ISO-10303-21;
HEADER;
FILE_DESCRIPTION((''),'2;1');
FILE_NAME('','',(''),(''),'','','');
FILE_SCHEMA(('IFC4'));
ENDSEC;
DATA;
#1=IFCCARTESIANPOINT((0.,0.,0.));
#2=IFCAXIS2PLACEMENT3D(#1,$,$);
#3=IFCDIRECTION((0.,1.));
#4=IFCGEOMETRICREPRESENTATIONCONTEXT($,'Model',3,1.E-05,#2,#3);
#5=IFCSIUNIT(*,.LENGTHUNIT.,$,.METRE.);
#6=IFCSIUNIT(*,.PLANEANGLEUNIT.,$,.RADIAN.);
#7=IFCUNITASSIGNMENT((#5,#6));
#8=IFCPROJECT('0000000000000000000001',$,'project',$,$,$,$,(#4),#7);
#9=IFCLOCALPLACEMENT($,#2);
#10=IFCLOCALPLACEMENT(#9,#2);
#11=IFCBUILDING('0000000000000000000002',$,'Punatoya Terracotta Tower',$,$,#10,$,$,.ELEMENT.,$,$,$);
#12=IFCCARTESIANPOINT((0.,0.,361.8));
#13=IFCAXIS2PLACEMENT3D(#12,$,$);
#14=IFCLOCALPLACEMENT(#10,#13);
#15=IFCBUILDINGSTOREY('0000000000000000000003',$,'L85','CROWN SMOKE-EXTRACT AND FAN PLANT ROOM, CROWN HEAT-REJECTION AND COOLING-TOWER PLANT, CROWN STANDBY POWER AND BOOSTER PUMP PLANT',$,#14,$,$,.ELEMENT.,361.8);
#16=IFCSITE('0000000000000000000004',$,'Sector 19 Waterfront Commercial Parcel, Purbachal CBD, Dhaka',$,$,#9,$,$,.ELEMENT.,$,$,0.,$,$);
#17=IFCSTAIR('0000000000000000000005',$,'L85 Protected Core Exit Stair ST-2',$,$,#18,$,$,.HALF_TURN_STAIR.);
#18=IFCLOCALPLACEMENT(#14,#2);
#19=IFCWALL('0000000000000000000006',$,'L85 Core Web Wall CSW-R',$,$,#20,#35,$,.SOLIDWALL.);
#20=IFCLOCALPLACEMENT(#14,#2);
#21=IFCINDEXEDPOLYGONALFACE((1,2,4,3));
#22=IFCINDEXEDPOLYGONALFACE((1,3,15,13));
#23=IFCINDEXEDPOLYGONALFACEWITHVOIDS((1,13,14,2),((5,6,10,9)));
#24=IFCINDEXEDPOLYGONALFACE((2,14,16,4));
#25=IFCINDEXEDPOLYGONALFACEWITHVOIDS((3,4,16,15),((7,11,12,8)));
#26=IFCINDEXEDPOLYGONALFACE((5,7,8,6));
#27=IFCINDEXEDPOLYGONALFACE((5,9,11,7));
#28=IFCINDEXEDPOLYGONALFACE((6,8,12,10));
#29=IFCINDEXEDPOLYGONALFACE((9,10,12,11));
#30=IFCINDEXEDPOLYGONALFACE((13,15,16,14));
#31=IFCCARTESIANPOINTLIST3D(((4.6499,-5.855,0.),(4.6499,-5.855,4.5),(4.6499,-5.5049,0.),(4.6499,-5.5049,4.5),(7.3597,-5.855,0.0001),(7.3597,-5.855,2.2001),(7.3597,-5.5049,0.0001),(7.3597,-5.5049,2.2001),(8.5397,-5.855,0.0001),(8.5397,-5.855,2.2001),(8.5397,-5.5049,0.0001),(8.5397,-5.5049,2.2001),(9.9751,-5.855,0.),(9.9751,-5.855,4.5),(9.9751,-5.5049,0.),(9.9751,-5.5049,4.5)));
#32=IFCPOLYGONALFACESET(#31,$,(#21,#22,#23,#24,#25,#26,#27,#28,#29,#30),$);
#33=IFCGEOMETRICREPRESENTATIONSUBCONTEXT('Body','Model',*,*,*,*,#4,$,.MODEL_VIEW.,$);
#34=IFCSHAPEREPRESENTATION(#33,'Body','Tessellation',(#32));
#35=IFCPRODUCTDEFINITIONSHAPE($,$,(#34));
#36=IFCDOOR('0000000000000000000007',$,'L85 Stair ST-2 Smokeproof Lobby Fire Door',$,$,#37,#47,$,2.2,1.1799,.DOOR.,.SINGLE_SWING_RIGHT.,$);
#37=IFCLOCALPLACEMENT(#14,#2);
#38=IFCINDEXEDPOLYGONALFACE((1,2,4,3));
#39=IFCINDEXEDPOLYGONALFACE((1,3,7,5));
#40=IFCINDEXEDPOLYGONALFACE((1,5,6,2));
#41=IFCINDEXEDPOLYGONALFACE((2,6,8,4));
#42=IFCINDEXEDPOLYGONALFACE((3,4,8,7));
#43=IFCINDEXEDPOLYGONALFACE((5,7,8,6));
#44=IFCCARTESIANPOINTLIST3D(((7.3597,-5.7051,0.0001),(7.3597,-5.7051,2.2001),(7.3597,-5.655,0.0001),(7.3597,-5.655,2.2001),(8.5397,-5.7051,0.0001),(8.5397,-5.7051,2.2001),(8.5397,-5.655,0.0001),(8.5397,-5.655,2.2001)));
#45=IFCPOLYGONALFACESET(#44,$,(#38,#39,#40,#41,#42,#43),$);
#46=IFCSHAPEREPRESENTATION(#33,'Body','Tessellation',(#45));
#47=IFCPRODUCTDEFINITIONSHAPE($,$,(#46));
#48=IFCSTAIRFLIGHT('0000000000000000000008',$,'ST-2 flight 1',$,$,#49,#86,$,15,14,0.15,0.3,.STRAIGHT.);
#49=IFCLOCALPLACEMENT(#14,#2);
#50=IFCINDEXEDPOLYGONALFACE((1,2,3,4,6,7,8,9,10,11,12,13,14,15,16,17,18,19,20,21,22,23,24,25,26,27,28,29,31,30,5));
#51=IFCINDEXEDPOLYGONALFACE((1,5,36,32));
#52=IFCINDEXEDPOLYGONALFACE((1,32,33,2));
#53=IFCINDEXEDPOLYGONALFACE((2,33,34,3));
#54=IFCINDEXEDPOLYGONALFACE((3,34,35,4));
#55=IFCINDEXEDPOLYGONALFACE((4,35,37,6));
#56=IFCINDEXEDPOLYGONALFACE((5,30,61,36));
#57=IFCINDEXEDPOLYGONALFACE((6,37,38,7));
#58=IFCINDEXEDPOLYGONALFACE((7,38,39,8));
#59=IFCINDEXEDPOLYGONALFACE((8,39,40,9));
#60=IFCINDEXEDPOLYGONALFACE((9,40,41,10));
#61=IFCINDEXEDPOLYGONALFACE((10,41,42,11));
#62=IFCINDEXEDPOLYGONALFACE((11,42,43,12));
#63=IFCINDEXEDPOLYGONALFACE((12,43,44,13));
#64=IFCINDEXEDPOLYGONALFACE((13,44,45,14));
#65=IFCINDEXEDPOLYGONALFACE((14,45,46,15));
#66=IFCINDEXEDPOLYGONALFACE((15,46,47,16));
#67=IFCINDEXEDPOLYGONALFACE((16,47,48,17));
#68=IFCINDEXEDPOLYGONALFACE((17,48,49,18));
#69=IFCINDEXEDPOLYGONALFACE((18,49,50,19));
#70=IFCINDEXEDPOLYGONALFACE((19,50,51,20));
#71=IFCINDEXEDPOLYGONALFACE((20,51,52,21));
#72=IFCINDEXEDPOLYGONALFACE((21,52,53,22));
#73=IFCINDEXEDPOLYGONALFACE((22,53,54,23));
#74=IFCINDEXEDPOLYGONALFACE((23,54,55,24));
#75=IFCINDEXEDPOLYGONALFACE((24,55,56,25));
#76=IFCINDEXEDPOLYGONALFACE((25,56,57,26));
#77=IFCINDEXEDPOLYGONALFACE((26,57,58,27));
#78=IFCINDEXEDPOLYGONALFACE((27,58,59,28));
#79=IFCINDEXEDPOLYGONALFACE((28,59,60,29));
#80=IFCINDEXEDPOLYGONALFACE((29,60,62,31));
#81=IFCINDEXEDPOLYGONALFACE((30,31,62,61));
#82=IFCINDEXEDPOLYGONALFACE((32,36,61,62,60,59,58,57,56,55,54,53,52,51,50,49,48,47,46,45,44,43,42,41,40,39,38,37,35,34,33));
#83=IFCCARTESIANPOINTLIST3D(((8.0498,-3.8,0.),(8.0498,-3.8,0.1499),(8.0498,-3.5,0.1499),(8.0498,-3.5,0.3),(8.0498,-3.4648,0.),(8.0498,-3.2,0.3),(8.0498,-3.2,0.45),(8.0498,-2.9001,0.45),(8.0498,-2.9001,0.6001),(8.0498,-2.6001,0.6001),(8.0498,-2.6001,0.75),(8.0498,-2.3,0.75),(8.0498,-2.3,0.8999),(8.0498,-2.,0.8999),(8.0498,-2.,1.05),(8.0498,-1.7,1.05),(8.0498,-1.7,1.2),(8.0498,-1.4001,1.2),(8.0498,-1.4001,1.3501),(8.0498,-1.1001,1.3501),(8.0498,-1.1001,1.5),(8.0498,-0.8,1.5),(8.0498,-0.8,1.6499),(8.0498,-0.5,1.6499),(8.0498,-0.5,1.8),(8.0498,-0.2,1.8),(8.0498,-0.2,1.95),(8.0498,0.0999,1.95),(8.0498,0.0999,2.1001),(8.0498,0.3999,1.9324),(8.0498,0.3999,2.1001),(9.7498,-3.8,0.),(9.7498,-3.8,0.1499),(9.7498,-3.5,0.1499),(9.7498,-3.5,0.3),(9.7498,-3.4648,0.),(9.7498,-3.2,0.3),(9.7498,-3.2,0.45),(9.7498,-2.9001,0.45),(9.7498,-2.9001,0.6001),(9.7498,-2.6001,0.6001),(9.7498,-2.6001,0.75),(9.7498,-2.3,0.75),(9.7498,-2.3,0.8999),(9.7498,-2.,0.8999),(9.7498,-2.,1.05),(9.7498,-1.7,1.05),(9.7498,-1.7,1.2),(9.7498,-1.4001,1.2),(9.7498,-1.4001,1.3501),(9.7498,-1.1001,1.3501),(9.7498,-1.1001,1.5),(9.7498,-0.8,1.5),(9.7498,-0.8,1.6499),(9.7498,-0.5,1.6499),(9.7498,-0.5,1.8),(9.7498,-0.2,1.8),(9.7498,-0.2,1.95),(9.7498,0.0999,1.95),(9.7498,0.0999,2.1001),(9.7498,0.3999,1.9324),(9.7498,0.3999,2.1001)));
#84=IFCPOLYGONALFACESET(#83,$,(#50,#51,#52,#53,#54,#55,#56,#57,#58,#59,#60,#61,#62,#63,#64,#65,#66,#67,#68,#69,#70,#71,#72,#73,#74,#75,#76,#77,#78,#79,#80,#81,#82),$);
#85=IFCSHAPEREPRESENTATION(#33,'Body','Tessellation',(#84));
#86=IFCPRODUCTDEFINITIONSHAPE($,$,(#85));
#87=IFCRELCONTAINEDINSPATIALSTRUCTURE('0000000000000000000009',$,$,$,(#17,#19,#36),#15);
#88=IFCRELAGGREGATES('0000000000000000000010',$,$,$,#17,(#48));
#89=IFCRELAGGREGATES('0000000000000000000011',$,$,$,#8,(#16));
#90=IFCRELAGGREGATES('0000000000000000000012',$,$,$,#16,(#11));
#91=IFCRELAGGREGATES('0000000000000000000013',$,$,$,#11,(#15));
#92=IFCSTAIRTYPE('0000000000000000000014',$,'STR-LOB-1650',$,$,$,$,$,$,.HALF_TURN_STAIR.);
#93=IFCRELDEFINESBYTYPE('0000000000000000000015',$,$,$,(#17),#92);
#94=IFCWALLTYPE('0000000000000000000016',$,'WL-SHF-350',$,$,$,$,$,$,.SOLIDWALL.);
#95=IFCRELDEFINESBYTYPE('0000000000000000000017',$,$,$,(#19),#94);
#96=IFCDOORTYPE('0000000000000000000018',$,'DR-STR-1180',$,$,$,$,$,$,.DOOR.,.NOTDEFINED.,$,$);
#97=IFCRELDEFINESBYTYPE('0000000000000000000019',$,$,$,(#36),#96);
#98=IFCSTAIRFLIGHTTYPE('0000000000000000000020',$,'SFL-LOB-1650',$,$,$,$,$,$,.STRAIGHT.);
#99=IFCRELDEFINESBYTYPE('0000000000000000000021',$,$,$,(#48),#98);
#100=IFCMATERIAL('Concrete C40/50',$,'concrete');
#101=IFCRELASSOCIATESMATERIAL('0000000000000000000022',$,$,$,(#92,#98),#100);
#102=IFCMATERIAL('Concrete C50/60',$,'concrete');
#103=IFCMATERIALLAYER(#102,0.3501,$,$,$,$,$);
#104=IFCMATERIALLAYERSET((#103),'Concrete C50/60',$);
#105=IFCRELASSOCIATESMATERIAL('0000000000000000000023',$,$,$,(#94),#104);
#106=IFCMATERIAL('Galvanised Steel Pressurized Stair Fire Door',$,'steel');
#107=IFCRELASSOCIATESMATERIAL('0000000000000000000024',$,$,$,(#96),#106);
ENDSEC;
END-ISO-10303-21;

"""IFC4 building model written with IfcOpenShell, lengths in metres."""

from ifc_helpers import new_model, si_unit, direction, frame, frame_2d, origin, place, context, subcontext, project, spatial, polyline, rectangle, outline, extrude, material, layer, layer_set, type_object, element, fill, aggregate, save


model = new_model("IFC4")

# Units and contexts
model_context = context("Model", 3, precision=1e-05, world=origin(), true_north=direction((0.0, 1.0)))
body_context = subcontext(model_context, "Body", "Model", "MODEL_VIEW")
ifc_project = project(units=[si_unit("LENGTHUNIT", "METRE"), si_unit("PLANEANGLEUNIT", "RADIAN")], contexts=[model_context])

# Site, building, storey
site_placement = place(None, origin())
site = spatial("IfcSite", under=ifc_project, at=site_placement, Name="Sector 19 Waterfront Commercial Parcel, Purbachal CBD, Dhaka", CompositionType="ELEMENT", RefElevation=0.0)
building_placement = place(site_placement, origin())
building = spatial("IfcBuilding", under=site, at=building_placement, Name="Punatoya Terracotta Tower", CompositionType="ELEMENT")
storey_placement = place(building_placement, frame((0.0, 0.0, 361.8)))
storey = spatial("IfcBuildingStorey", under=building, at=storey_placement, Name="L85", Description="CROWN SMOKE-EXTRACT AND FAN PLANT ROOM, CROWN HEAT-REJECTION AND COOLING-TOWER PLANT, CROWN STANDBY POWER AND BOOSTER PUMP PLANT", CompositionType="ELEMENT", Elevation=361.8)

# Stair
ifc_material_1 = material(Name="Concrete C40/50", Category="concrete")
stair_type_1 = type_object("IfcStairType", Name="STR-LOB-1650", PredefinedType="HALF_TURN_STAIR", material=ifc_material_1)
stair_1_placement = place(storey_placement, origin())
stair_1 = element("IfcStair", 1, at=stair_1_placement, inside=storey, type_object=stair_type_1, Name="L85 Protected Core Exit Stair ST-2", PredefinedType="HALF_TURN_STAIR")

# Wall, opening, door
ifc_material_2 = material(Name="Concrete C50/60", Category="concrete")
ifc_layer_1 = layer(ifc_material_2, 0.3501)
ifc_layer_set_1 = layer_set([ifc_layer_1], Name="Concrete C50/60")
wall_type_1 = type_object("IfcWallType", Name="WL-SHF-350", PredefinedType="SOLIDWALL", material=ifc_layer_set_1)
wall_1_placement = place(storey_placement, frame((4.6499, -5.6799, 0.0), z_axis=(0.0, 0.0, 1.0), x_axis=(1.0, 0.0, 0.0)))
wall_1 = element("IfcWall", 2, at=wall_1_placement, inside=storey, type_object=wall_type_1, Name="L85 Core Web Wall CSW-R", PredefinedType="SOLIDWALL", context=body_context, shape_type="SweptSolid", body=[
    extrude(rectangle(XDim=5.3252, YDim=0.3501, at=frame_2d((2.6626, 0.0))), origin(), (0.0, 0.0, 1.0), 4.5),
])
opening_1_placement = place(wall_1_placement, frame((2.71, 0.0, 0.0)))
opening_1 = element("IfcOpeningElement", 3, at=opening_1_placement, cuts=wall_1, PredefinedType="OPENING", context=body_context, shape_type="SweptSolid", body=[
    extrude(rectangle(XDim=1.1799, YDim=2.2, at=frame_2d((0.5898, 1.1001))), frame((0.0, 0.1851, 0.0), z_axis=(0.0, -1.0, 0.0), x_axis=(1.0, 0.0, 0.0)), (0.0, 0.0, 1.0), 0.3701),
])
ifc_material_3 = material(Name="Galvanised Steel Pressurized Stair Fire Door", Category="steel")
door_type_1 = type_object("IfcDoorType", Name="DR-STR-1180", OperationType="NOTDEFINED", PredefinedType="DOOR", material=ifc_material_3)
door_1_placement = place(opening_1_placement, origin())
door_1 = element("IfcDoor", 4, at=door_1_placement, inside=storey, type_object=door_type_1, Name="L85 Stair ST-2 Smokeproof Lobby Fire Door", OperationType="SINGLE_SWING_RIGHT", OverallHeight=2.2, OverallWidth=1.1799, PredefinedType="DOOR", context=body_context, shape_type="SweptSolid", body=[
    extrude(rectangle(XDim=1.1799, YDim=2.2, at=frame_2d((0.5898, 1.1001))), frame((0.0, 0.0249, 0.0), z_axis=(0.0, -1.0, 0.0), x_axis=(1.0, 0.0, 0.0)), (0.0, 0.0, 1.0), 0.05),
])
fill(opening_1, door_1)

# Stair flight
stair_flight_type = type_object("IfcStairFlightType", Name="SFL-LOB-1650", PredefinedType="STRAIGHT", material=ifc_material_1)
stair_flight_placement = place(storey_placement, frame((8.8999, -3.8, 0.0), z_axis=(0.0, 0.0, 1.0), x_axis=(0.0, 1.0, 0.0)))
stair_flight = element("IfcStairFlight", 5, at=stair_flight_placement, type_object=stair_flight_type, Name="ST-2 flight 1", NumberOfRisers=15, NumberOfTreads=14, PredefinedType="STRAIGHT", RiserHeight=0.15, TreadLength=0.3, context=body_context, shape_type="SweptSolid", body=[
    extrude(outline(polyline([(0.0, 0.0), (0.0, 0.1499), (0.3, 0.1499), (0.3, 0.3), (0.6001, 0.3), (0.6001, 0.45), (0.8999, 0.45), (0.8999, 0.6001), (1.2, 0.6001), (1.2, 0.75), (1.5, 0.75), (1.5, 0.8999), (1.8, 0.8999), (1.8, 1.05), (2.1001, 1.05), (2.1001, 1.2), (2.3999, 1.2), (2.3999, 1.3501), (2.7, 1.3501), (2.7, 1.5), (3.0, 1.5), (3.0, 1.6499), (3.3, 1.6499), (3.3, 1.8), (3.6001, 1.8), (3.6001, 1.95), (3.8999, 1.95), (3.8999, 2.1001), (4.2, 2.1001), (4.2, 2.25), (4.2, 1.9324), (0.3352, 0.0), (0.0, 0.0)])), frame((0.0, 0.8501, 0.0), z_axis=(0.0, -1.0, 0.0), x_axis=(1.0, 0.0, 0.0)), (0.0, 0.0, 1.0), 1.7),
])
aggregate(stair_1, [stair_flight])

save(model, "model.ifc")
